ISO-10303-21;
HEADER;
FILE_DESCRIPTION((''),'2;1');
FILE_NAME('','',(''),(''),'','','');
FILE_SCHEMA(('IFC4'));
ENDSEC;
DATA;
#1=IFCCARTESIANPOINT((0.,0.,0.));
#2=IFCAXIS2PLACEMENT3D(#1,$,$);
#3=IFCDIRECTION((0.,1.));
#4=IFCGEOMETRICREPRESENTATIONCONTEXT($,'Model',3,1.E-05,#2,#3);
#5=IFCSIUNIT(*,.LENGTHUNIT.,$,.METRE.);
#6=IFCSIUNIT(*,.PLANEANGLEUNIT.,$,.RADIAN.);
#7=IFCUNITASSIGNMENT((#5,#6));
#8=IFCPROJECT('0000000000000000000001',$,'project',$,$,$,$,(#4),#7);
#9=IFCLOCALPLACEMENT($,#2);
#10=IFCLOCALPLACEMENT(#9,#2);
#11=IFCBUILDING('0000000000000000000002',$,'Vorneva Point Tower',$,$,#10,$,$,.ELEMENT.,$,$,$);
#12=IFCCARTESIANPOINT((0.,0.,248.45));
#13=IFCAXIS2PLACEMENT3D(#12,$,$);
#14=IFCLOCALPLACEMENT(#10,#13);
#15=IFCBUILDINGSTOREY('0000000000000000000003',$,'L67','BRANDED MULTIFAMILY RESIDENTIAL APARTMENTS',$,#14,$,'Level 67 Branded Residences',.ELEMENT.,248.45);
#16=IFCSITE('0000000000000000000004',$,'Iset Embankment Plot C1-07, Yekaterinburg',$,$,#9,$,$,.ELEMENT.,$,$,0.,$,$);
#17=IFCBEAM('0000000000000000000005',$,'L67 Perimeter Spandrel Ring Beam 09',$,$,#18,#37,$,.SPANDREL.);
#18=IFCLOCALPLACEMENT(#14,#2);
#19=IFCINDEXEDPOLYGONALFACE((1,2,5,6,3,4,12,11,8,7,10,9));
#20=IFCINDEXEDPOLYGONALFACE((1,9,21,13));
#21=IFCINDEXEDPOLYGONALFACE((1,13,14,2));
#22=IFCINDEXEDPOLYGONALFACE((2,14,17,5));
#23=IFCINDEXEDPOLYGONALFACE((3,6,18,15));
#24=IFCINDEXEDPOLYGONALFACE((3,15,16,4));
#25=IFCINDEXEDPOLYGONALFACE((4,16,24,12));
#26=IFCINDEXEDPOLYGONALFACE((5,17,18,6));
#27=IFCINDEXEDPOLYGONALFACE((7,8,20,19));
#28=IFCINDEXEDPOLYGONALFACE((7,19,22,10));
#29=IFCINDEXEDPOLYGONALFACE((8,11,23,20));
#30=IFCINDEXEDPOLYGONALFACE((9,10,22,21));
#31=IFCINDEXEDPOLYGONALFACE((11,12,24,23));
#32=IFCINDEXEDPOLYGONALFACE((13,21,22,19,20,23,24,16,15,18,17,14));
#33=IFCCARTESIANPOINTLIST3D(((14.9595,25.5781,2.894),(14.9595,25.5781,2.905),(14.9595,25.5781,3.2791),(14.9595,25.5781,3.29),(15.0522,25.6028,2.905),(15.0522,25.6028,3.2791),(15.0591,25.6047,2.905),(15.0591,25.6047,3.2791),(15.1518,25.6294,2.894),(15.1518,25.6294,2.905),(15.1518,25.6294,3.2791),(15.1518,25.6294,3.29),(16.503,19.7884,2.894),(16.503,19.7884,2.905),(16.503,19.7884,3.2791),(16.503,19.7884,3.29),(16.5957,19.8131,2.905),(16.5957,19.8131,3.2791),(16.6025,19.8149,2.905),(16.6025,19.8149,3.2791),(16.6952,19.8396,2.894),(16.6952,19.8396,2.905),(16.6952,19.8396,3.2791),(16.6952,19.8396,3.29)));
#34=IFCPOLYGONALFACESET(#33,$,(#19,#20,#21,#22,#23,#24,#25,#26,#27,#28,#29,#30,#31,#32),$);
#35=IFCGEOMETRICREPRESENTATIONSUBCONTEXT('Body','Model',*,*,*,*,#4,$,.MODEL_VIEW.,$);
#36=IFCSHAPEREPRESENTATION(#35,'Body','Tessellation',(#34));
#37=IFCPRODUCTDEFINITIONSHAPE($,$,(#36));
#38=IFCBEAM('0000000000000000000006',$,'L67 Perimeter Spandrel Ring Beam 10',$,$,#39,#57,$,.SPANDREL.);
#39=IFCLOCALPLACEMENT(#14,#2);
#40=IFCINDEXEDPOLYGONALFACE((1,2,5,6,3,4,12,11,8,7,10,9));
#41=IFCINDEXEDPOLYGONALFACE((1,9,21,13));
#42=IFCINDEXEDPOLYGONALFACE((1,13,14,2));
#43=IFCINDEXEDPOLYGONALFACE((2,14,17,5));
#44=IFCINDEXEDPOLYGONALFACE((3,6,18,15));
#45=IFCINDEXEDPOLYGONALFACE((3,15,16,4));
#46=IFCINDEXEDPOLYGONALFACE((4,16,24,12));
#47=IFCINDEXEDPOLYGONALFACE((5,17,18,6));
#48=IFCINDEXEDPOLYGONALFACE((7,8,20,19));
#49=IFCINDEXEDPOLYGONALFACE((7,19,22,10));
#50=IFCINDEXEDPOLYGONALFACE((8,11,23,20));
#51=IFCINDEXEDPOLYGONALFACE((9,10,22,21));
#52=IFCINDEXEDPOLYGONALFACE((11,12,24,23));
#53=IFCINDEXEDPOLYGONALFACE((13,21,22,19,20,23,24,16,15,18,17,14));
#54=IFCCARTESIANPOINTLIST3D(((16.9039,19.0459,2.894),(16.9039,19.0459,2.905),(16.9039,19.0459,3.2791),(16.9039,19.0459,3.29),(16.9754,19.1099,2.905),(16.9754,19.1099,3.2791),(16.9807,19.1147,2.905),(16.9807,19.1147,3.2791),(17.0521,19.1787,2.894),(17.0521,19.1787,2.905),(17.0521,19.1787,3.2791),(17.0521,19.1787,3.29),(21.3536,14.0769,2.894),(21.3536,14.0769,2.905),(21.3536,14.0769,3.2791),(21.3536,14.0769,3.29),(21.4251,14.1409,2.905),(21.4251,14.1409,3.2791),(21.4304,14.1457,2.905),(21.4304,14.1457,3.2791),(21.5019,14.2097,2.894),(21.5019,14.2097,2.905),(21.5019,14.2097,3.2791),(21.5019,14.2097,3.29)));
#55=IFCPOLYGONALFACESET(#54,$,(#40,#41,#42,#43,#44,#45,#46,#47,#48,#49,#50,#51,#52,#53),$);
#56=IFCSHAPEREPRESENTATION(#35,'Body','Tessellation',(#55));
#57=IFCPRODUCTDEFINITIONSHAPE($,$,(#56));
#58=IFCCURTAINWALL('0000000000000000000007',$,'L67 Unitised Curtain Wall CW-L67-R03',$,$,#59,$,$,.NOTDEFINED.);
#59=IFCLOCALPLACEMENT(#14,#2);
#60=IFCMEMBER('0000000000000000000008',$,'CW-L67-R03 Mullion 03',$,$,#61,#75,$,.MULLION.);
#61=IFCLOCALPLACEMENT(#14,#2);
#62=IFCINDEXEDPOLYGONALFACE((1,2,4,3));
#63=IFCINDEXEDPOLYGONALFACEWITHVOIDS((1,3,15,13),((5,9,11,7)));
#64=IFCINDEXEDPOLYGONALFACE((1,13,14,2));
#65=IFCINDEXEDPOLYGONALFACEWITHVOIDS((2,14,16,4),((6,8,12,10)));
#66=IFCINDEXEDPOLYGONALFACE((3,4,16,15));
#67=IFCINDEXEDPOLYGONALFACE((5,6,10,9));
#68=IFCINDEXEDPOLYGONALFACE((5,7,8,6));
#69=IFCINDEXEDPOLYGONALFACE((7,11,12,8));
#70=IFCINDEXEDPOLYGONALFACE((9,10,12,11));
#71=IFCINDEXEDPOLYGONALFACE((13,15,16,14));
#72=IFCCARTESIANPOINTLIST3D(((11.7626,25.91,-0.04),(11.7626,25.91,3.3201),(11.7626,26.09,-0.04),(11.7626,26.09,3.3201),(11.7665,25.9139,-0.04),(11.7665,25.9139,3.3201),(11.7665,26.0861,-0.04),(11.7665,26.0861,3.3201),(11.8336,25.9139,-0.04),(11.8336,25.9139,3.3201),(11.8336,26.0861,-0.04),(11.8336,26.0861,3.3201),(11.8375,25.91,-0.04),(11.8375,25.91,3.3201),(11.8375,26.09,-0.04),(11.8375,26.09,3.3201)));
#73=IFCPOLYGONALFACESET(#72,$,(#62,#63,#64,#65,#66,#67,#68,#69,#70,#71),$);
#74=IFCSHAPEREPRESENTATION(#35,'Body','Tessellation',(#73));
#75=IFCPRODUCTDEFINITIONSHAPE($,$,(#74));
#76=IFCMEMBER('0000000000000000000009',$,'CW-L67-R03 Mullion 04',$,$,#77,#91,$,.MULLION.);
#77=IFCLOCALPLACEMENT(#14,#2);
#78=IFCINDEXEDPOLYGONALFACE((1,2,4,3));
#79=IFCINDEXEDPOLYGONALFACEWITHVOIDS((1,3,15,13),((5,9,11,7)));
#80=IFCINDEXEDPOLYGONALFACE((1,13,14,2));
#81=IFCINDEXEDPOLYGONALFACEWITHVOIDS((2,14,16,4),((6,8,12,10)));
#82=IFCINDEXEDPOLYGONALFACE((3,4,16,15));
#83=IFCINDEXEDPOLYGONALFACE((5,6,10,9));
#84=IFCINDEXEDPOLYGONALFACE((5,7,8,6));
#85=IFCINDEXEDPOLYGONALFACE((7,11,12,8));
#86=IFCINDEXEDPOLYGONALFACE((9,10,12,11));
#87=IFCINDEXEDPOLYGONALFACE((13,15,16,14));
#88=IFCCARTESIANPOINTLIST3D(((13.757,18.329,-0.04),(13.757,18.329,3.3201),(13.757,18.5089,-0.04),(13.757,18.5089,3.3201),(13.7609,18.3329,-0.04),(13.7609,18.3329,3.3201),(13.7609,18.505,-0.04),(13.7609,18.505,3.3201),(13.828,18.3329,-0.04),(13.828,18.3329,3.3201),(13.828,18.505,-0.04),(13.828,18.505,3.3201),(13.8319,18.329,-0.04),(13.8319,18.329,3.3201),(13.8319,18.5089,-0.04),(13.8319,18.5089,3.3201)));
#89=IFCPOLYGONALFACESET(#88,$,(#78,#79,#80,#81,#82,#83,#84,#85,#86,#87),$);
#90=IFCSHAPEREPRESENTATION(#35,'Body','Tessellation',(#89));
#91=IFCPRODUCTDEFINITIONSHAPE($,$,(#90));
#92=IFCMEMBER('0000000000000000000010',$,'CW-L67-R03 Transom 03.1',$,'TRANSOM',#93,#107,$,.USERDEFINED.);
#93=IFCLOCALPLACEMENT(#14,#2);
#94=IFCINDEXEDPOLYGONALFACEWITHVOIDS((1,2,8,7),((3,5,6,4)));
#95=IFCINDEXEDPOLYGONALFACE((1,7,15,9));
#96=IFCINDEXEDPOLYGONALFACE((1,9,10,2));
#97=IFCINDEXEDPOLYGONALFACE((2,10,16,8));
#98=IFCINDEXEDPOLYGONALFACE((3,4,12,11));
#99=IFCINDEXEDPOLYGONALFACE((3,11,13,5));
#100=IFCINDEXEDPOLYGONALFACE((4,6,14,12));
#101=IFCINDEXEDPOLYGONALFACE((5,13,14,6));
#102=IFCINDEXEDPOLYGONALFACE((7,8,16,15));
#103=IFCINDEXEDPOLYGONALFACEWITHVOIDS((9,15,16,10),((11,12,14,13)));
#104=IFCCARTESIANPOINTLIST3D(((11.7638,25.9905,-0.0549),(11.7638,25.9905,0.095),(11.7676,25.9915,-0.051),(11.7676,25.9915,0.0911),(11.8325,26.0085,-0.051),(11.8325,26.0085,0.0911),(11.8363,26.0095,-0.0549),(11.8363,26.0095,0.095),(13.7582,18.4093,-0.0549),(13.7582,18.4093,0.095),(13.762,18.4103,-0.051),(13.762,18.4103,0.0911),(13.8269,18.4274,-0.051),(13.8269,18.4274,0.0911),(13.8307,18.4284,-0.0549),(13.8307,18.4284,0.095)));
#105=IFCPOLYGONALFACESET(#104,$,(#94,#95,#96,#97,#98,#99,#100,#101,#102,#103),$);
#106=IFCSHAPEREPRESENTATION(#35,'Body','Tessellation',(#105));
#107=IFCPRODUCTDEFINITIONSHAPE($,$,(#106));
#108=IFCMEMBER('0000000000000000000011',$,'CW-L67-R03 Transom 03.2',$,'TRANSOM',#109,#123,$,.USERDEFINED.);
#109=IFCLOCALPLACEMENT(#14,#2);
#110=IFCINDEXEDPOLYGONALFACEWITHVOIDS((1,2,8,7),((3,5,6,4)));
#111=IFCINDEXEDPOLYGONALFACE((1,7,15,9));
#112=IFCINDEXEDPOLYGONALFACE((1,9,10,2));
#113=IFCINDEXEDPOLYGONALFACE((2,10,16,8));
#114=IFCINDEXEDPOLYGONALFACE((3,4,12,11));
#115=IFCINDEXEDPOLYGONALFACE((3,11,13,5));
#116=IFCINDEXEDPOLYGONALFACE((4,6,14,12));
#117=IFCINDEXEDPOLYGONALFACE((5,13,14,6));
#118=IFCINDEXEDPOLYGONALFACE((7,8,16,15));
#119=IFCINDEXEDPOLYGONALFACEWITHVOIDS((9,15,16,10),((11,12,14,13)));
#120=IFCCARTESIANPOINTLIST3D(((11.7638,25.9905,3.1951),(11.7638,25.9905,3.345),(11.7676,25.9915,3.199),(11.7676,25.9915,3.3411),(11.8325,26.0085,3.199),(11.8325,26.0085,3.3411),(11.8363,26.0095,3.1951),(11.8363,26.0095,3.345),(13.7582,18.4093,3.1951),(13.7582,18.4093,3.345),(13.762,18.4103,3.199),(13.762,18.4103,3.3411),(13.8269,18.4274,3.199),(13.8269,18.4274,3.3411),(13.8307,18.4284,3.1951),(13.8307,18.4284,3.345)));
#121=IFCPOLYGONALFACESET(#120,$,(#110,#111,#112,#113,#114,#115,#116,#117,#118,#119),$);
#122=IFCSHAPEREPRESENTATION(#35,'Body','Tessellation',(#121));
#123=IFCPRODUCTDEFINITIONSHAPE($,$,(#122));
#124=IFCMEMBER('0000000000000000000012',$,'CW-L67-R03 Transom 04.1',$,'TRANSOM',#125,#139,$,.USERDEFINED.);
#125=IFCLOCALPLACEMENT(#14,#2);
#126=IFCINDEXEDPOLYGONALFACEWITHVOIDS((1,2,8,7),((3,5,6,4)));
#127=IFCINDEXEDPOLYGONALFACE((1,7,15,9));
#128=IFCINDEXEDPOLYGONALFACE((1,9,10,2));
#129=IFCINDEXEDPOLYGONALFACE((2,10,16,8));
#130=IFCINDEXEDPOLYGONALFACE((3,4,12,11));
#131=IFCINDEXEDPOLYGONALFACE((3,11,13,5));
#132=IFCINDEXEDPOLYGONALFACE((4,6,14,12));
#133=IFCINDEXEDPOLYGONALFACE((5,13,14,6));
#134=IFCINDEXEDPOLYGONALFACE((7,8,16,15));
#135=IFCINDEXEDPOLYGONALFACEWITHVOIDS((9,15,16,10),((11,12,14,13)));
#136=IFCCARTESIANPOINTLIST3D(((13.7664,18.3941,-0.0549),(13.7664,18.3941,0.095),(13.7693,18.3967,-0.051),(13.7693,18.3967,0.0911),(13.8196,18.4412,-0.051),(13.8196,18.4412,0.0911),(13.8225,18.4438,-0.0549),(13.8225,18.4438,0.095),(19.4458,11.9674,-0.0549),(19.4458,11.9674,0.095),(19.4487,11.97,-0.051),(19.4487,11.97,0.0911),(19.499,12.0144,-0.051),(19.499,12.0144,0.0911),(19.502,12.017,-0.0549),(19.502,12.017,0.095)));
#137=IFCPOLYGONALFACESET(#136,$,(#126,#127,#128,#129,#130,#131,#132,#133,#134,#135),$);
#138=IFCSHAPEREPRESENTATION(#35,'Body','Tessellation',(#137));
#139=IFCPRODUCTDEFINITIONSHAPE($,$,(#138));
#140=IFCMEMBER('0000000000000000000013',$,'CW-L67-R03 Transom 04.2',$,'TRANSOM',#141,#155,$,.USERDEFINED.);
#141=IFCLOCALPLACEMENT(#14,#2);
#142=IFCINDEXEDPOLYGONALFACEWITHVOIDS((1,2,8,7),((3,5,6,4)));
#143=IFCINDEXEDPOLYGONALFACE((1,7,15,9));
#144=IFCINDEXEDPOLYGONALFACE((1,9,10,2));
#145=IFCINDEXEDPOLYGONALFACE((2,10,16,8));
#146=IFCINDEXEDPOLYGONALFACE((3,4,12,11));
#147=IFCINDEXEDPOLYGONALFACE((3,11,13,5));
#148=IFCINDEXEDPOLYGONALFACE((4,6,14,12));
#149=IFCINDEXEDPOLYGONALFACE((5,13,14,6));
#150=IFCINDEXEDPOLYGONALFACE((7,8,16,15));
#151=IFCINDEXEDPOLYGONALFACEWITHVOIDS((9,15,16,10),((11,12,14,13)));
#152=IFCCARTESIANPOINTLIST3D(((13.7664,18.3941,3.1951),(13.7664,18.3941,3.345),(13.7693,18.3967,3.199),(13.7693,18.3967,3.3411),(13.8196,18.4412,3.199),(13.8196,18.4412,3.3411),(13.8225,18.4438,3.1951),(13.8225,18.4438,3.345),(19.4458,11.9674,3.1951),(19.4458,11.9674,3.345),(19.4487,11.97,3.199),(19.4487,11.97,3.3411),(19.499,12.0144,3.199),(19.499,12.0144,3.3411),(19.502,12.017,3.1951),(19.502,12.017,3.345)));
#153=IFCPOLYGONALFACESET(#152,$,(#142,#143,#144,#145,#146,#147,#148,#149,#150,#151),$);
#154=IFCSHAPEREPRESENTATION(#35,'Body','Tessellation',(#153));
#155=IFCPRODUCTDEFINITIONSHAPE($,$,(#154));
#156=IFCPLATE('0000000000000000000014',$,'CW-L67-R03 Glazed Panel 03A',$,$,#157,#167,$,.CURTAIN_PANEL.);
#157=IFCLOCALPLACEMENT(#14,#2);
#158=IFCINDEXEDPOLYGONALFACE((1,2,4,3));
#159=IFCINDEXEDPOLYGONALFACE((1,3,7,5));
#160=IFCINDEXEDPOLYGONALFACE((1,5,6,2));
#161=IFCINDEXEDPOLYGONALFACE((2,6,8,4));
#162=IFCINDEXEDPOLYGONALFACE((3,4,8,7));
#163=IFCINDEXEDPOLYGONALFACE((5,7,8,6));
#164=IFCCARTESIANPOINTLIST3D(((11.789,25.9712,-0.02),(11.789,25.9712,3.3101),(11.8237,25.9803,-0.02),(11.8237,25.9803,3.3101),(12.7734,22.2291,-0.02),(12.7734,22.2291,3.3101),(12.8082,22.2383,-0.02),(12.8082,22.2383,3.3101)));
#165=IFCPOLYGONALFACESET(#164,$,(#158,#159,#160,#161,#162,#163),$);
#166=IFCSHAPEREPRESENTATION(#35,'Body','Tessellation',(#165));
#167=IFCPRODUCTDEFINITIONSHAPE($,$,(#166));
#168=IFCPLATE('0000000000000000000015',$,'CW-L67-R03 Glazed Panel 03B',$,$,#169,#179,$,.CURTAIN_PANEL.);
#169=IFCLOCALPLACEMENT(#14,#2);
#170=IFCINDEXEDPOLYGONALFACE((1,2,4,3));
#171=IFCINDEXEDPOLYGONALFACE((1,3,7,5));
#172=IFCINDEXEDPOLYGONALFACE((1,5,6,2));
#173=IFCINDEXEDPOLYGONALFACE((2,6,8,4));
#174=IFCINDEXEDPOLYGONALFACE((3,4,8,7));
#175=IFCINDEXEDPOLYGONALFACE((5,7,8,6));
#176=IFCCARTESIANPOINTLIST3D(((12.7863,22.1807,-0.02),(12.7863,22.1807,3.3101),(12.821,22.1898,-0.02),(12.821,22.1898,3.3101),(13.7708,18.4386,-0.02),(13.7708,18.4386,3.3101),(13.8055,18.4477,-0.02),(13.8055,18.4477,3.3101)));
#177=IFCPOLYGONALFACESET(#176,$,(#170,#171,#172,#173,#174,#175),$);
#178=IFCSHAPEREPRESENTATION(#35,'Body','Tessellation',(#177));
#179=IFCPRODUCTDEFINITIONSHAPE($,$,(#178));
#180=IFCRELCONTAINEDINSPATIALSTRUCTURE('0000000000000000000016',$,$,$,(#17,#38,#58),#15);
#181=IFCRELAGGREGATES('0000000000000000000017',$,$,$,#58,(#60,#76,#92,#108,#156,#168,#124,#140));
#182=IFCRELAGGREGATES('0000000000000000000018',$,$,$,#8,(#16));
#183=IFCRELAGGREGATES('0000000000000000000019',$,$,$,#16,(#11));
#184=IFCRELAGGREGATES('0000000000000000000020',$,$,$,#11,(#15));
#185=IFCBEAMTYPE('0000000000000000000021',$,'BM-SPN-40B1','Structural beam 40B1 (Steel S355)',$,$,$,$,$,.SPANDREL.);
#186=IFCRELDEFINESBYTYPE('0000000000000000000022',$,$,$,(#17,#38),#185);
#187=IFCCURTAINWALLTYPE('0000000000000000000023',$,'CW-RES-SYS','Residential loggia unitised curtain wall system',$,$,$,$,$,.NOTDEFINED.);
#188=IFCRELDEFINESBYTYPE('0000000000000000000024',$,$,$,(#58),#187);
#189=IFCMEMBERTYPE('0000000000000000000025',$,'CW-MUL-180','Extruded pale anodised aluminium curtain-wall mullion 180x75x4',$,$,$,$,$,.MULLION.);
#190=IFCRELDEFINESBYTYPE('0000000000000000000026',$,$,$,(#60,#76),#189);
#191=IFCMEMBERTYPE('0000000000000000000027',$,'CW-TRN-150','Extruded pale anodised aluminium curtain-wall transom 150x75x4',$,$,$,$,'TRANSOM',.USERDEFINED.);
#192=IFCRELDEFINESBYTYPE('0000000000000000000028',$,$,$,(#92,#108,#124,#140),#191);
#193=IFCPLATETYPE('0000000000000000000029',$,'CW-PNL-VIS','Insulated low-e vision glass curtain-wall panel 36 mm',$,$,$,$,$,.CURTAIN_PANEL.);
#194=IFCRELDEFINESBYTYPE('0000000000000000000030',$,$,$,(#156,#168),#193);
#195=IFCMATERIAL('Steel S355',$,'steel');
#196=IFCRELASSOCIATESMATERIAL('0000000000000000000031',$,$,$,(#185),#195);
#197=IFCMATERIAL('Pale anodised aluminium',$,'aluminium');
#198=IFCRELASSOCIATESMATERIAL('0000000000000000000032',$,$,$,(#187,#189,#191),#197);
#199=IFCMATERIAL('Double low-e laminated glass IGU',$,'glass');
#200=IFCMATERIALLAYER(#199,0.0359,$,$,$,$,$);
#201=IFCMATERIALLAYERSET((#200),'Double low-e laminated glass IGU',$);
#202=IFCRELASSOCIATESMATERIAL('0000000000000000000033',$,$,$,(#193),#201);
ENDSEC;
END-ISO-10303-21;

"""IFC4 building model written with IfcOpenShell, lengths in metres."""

from ifc_helpers import new_model, si_unit, direction, frame, origin, origin_2d, place, context, subcontext, project, spatial, rectangle, hollow_rectangle, i_section, extrude, material, layer, layer_set, material_profile, profile_set, type_object, element, aggregate, save


model = new_model("IFC4")

# Units and contexts
model_context = context("Model", 3, precision=1e-05, world=origin(), true_north=direction((0.0, 1.0)))
body_context = subcontext(model_context, "Body", "Model", "MODEL_VIEW")
ifc_project = project(units=[si_unit("LENGTHUNIT", "METRE"), si_unit("PLANEANGLEUNIT", "RADIAN")], contexts=[model_context])

# Site, building, storey
site_placement = place(None, origin())
site = spatial("IfcSite", under=ifc_project, at=site_placement, Name="Iset Embankment Plot C1-07, Yekaterinburg", CompositionType="ELEMENT", RefElevation=0.0)
building_placement = place(site_placement, origin())
building = spatial("IfcBuilding", under=site, at=building_placement, Name="Vorneva Point Tower", CompositionType="ELEMENT")
storey_placement = place(building_placement, frame((0.0, 0.0, 248.45)))
storey = spatial("IfcBuildingStorey", under=building, at=storey_placement, Name="L67", Description="BRANDED MULTIFAMILY RESIDENTIAL APARTMENTS", LongName="Level 67 Branded Residences", CompositionType="ELEMENT", Elevation=248.45)

# Beams
ifc_material_1 = material(Name="Steel S355", Category="steel")
ifc_material_profile_1 = material_profile(ifc_material_1, i_section(OverallWidth=0.199, OverallDepth=0.396, WebThickness=0.0071, FlangeThickness=0.011, at=origin_2d()), Name="40B1")
ifc_profile_set_1 = profile_set([ifc_material_profile_1], Name="Steel S355")
beam_type_1 = type_object("IfcBeamType", Name="BM-SPN-40B1", Description="Structural beam 40B1 (Steel S355)", PredefinedType="SPANDREL", material=ifc_profile_set_1)
beam_1_placement = place(storey_placement, frame((15.0557, 25.6038, 3.092), z_axis=(0.257587, -0.966255, 0.0), x_axis=(0.966255, 0.257587, 0.0)))
element("IfcBeam", 1, at=beam_1_placement, inside=storey, type_object=beam_type_1, Name="L67 Perimeter Spandrel Ring Beam 09", PredefinedType="SPANDREL", context=body_context, shape_type="SweptSolid", body=[
    extrude(i_section(OverallWidth=0.199, OverallDepth=0.396, WebThickness=0.0071, FlangeThickness=0.011, at=origin_2d()), origin(), (0.0, 0.0, 1.0), 5.9919),
])
beam_2_placement = place(storey_placement, frame((16.978, 19.1123, 3.092), z_axis=(0.667108, -0.744961, 0.0), x_axis=(0.744961, 0.667108, 0.0)))
element("IfcBeam", 2, at=beam_2_placement, inside=storey, type_object=beam_type_1, Name="L67 Perimeter Spandrel Ring Beam 10", PredefinedType="SPANDREL", context=body_context, shape_type="SweptSolid", body=[
    extrude(i_section(OverallWidth=0.199, OverallDepth=0.396, WebThickness=0.0071, FlangeThickness=0.011, at=origin_2d()), origin(), (0.0, 0.0, 1.0), 6.6702),
])

# Curtain wall, members, plates
ifc_material_2 = material(Name="Pale anodised aluminium", Category="aluminium")
curtain_wall_type = type_object("IfcCurtainWallType", Name="CW-RES-SYS", Description="Residential loggia unitised curtain wall system", PredefinedType="NOTDEFINED", material=ifc_material_2)
curtain_wall_placement = place(storey_placement, origin())
curtain_wall = element("IfcCurtainWall", 3, at=curtain_wall_placement, inside=storey, type_object=curtain_wall_type, Name="L67 Unitised Curtain Wall CW-L67-R03", PredefinedType="NOTDEFINED")
ifc_material_profile_2 = material_profile(ifc_material_2, hollow_rectangle(XDim=0.075, YDim=0.1799, WallThickness=0.0039, at=origin_2d()), Name="AL-MUL 180x75x4")
ifc_profile_set_2 = profile_set([ifc_material_profile_2], Name="Pale anodised aluminium")
member_type_1 = type_object("IfcMemberType", Name="CW-MUL-180", Description="Extruded pale anodised aluminium curtain-wall mullion 180x75x4", PredefinedType="MULLION", material=ifc_profile_set_2)
member_1_placement = place(storey_placement, frame((11.8, 26.0, -0.04), z_axis=(0.0, 0.0, 1.0), x_axis=(1.0, 0.0, 0.0)))
member_1 = element("IfcMember", 4, at=member_1_placement, type_object=member_type_1, Name="CW-L67-R03 Mullion 03", PredefinedType="MULLION", context=body_context, shape_type="SweptSolid", body=[
    extrude(hollow_rectangle(XDim=0.075, YDim=0.1799, WallThickness=0.0039, at=origin_2d()), origin(), (0.0, 0.0, 1.0), 3.3601),
])
member_2_placement = place(storey_placement, frame((13.7944, 18.4189, -0.04), z_axis=(0.0, 0.0, 1.0), x_axis=(1.0, 0.0, 0.0)))
member_2 = element("IfcMember", 5, at=member_2_placement, type_object=member_type_1, Name="CW-L67-R03 Mullion 04", PredefinedType="MULLION", context=body_context, shape_type="SweptSolid", body=[
    extrude(hollow_rectangle(XDim=0.075, YDim=0.1799, WallThickness=0.0039, at=origin_2d()), origin(), (0.0, 0.0, 1.0), 3.3601),
])
ifc_material_profile_3 = material_profile(ifc_material_2, hollow_rectangle(XDim=0.075, YDim=0.1499, WallThickness=0.0039, at=origin_2d()), Name="AL-TRN 150x75x4")
ifc_profile_set_3 = profile_set([ifc_material_profile_3], Name="Pale anodised aluminium")
member_type_2 = type_object("IfcMemberType", Name="CW-TRN-150", Description="Extruded pale anodised aluminium curtain-wall transom 150x75x4", ElementType="TRANSOM", PredefinedType="USERDEFINED", material=ifc_profile_set_3)
member_3_placement = place(storey_placement, frame((11.8, 26.0, 0.02), z_axis=(0.254418, -0.967094, 0.0), x_axis=(0.967094, 0.254418, 0.0)))
member_3 = element("IfcMember", 6, at=member_3_placement, type_object=member_type_2, Name="CW-L67-R03 Transom 03.1", ObjectType="TRANSOM", PredefinedType="USERDEFINED", context=body_context, shape_type="SweptSolid", body=[
    extrude(hollow_rectangle(XDim=0.075, YDim=0.1499, WallThickness=0.0039, at=origin_2d()), origin(), (0.0, 0.0, 1.0), 7.8391),
])
member_4_placement = place(storey_placement, frame((11.8, 26.0, 3.27), z_axis=(0.254418, -0.967094, 0.0), x_axis=(0.967094, 0.254418, 0.0)))
member_4 = element("IfcMember", 7, at=member_4_placement, type_object=member_type_2, Name="CW-L67-R03 Transom 03.2", ObjectType="TRANSOM", PredefinedType="USERDEFINED", context=body_context, shape_type="SweptSolid", body=[
    extrude(hollow_rectangle(XDim=0.075, YDim=0.1499, WallThickness=0.0039, at=origin_2d()), origin(), (0.0, 0.0, 1.0), 7.8391),
])
member_5_placement = place(storey_placement, frame((13.7944, 18.4189, 0.02), z_axis=(0.662197, -0.74933, 0.0), x_axis=(0.74933, 0.662197, 0.0)))
member_5 = element("IfcMember", 8, at=member_5_placement, type_object=member_type_2, Name="CW-L67-R03 Transom 04.1", ObjectType="TRANSOM", PredefinedType="USERDEFINED", context=body_context, shape_type="SweptSolid", body=[
    extrude(hollow_rectangle(XDim=0.075, YDim=0.1499, WallThickness=0.0039, at=origin_2d()), origin(), (0.0, 0.0, 1.0), 8.5767),
])
member_6_placement = place(storey_placement, frame((13.7944, 18.4189, 3.27), z_axis=(0.662197, -0.74933, 0.0), x_axis=(0.74933, 0.662197, 0.0)))
member_6 = element("IfcMember", 9, at=member_6_placement, type_object=member_type_2, Name="CW-L67-R03 Transom 04.2", ObjectType="TRANSOM", PredefinedType="USERDEFINED", context=body_context, shape_type="SweptSolid", body=[
    extrude(hollow_rectangle(XDim=0.075, YDim=0.1499, WallThickness=0.0039, at=origin_2d()), origin(), (0.0, 0.0, 1.0), 8.5767),
])
ifc_material_3 = material(Name="Double low-e laminated glass IGU", Category="glass")
ifc_layer_1 = layer(ifc_material_3, 0.0359)
ifc_layer_set_1 = layer_set([ifc_layer_1], Name="Double low-e laminated glass IGU")
plate_type = type_object("IfcPlateType", Name="CW-PNL-VIS", Description="Insulated low-e vision glass curtain-wall panel 36 mm", PredefinedType="CURTAIN_PANEL", material=ifc_layer_set_1)
plate_1_placement = place(storey_placement, frame((12.2986, 24.1047, -0.02), z_axis=(0.0, 0.0, 1.0), x_axis=(0.254416, -0.967095, 0.0)))
plate_1 = element("IfcPlate", 10, at=plate_1_placement, type_object=plate_type, Name="CW-L67-R03 Glazed Panel 03A", PredefinedType="CURTAIN_PANEL", context=body_context, shape_type="SweptSolid", body=[
    extrude(rectangle(XDim=3.8694, YDim=0.0359, at=origin_2d()), origin(), (0.0, 0.0, 1.0), 3.3301),
])
plate_2_placement = place(storey_placement, frame((13.2959, 20.3142, -0.02), z_axis=(0.0, 0.0, 1.0), x_axis=(0.254416, -0.967095, 0.0)))
plate_2 = element("IfcPlate", 11, at=plate_2_placement, type_object=plate_type, Name="CW-L67-R03 Glazed Panel 03B", PredefinedType="CURTAIN_PANEL", context=body_context, shape_type="SweptSolid", body=[
    extrude(rectangle(XDim=3.8694, YDim=0.0359, at=origin_2d()), origin(), (0.0, 0.0, 1.0), 3.3301),
])
aggregate(curtain_wall, [member_1, member_2, member_3, member_4, plate_1, plate_2, member_5, member_6])

save(model, "model.ifc")
